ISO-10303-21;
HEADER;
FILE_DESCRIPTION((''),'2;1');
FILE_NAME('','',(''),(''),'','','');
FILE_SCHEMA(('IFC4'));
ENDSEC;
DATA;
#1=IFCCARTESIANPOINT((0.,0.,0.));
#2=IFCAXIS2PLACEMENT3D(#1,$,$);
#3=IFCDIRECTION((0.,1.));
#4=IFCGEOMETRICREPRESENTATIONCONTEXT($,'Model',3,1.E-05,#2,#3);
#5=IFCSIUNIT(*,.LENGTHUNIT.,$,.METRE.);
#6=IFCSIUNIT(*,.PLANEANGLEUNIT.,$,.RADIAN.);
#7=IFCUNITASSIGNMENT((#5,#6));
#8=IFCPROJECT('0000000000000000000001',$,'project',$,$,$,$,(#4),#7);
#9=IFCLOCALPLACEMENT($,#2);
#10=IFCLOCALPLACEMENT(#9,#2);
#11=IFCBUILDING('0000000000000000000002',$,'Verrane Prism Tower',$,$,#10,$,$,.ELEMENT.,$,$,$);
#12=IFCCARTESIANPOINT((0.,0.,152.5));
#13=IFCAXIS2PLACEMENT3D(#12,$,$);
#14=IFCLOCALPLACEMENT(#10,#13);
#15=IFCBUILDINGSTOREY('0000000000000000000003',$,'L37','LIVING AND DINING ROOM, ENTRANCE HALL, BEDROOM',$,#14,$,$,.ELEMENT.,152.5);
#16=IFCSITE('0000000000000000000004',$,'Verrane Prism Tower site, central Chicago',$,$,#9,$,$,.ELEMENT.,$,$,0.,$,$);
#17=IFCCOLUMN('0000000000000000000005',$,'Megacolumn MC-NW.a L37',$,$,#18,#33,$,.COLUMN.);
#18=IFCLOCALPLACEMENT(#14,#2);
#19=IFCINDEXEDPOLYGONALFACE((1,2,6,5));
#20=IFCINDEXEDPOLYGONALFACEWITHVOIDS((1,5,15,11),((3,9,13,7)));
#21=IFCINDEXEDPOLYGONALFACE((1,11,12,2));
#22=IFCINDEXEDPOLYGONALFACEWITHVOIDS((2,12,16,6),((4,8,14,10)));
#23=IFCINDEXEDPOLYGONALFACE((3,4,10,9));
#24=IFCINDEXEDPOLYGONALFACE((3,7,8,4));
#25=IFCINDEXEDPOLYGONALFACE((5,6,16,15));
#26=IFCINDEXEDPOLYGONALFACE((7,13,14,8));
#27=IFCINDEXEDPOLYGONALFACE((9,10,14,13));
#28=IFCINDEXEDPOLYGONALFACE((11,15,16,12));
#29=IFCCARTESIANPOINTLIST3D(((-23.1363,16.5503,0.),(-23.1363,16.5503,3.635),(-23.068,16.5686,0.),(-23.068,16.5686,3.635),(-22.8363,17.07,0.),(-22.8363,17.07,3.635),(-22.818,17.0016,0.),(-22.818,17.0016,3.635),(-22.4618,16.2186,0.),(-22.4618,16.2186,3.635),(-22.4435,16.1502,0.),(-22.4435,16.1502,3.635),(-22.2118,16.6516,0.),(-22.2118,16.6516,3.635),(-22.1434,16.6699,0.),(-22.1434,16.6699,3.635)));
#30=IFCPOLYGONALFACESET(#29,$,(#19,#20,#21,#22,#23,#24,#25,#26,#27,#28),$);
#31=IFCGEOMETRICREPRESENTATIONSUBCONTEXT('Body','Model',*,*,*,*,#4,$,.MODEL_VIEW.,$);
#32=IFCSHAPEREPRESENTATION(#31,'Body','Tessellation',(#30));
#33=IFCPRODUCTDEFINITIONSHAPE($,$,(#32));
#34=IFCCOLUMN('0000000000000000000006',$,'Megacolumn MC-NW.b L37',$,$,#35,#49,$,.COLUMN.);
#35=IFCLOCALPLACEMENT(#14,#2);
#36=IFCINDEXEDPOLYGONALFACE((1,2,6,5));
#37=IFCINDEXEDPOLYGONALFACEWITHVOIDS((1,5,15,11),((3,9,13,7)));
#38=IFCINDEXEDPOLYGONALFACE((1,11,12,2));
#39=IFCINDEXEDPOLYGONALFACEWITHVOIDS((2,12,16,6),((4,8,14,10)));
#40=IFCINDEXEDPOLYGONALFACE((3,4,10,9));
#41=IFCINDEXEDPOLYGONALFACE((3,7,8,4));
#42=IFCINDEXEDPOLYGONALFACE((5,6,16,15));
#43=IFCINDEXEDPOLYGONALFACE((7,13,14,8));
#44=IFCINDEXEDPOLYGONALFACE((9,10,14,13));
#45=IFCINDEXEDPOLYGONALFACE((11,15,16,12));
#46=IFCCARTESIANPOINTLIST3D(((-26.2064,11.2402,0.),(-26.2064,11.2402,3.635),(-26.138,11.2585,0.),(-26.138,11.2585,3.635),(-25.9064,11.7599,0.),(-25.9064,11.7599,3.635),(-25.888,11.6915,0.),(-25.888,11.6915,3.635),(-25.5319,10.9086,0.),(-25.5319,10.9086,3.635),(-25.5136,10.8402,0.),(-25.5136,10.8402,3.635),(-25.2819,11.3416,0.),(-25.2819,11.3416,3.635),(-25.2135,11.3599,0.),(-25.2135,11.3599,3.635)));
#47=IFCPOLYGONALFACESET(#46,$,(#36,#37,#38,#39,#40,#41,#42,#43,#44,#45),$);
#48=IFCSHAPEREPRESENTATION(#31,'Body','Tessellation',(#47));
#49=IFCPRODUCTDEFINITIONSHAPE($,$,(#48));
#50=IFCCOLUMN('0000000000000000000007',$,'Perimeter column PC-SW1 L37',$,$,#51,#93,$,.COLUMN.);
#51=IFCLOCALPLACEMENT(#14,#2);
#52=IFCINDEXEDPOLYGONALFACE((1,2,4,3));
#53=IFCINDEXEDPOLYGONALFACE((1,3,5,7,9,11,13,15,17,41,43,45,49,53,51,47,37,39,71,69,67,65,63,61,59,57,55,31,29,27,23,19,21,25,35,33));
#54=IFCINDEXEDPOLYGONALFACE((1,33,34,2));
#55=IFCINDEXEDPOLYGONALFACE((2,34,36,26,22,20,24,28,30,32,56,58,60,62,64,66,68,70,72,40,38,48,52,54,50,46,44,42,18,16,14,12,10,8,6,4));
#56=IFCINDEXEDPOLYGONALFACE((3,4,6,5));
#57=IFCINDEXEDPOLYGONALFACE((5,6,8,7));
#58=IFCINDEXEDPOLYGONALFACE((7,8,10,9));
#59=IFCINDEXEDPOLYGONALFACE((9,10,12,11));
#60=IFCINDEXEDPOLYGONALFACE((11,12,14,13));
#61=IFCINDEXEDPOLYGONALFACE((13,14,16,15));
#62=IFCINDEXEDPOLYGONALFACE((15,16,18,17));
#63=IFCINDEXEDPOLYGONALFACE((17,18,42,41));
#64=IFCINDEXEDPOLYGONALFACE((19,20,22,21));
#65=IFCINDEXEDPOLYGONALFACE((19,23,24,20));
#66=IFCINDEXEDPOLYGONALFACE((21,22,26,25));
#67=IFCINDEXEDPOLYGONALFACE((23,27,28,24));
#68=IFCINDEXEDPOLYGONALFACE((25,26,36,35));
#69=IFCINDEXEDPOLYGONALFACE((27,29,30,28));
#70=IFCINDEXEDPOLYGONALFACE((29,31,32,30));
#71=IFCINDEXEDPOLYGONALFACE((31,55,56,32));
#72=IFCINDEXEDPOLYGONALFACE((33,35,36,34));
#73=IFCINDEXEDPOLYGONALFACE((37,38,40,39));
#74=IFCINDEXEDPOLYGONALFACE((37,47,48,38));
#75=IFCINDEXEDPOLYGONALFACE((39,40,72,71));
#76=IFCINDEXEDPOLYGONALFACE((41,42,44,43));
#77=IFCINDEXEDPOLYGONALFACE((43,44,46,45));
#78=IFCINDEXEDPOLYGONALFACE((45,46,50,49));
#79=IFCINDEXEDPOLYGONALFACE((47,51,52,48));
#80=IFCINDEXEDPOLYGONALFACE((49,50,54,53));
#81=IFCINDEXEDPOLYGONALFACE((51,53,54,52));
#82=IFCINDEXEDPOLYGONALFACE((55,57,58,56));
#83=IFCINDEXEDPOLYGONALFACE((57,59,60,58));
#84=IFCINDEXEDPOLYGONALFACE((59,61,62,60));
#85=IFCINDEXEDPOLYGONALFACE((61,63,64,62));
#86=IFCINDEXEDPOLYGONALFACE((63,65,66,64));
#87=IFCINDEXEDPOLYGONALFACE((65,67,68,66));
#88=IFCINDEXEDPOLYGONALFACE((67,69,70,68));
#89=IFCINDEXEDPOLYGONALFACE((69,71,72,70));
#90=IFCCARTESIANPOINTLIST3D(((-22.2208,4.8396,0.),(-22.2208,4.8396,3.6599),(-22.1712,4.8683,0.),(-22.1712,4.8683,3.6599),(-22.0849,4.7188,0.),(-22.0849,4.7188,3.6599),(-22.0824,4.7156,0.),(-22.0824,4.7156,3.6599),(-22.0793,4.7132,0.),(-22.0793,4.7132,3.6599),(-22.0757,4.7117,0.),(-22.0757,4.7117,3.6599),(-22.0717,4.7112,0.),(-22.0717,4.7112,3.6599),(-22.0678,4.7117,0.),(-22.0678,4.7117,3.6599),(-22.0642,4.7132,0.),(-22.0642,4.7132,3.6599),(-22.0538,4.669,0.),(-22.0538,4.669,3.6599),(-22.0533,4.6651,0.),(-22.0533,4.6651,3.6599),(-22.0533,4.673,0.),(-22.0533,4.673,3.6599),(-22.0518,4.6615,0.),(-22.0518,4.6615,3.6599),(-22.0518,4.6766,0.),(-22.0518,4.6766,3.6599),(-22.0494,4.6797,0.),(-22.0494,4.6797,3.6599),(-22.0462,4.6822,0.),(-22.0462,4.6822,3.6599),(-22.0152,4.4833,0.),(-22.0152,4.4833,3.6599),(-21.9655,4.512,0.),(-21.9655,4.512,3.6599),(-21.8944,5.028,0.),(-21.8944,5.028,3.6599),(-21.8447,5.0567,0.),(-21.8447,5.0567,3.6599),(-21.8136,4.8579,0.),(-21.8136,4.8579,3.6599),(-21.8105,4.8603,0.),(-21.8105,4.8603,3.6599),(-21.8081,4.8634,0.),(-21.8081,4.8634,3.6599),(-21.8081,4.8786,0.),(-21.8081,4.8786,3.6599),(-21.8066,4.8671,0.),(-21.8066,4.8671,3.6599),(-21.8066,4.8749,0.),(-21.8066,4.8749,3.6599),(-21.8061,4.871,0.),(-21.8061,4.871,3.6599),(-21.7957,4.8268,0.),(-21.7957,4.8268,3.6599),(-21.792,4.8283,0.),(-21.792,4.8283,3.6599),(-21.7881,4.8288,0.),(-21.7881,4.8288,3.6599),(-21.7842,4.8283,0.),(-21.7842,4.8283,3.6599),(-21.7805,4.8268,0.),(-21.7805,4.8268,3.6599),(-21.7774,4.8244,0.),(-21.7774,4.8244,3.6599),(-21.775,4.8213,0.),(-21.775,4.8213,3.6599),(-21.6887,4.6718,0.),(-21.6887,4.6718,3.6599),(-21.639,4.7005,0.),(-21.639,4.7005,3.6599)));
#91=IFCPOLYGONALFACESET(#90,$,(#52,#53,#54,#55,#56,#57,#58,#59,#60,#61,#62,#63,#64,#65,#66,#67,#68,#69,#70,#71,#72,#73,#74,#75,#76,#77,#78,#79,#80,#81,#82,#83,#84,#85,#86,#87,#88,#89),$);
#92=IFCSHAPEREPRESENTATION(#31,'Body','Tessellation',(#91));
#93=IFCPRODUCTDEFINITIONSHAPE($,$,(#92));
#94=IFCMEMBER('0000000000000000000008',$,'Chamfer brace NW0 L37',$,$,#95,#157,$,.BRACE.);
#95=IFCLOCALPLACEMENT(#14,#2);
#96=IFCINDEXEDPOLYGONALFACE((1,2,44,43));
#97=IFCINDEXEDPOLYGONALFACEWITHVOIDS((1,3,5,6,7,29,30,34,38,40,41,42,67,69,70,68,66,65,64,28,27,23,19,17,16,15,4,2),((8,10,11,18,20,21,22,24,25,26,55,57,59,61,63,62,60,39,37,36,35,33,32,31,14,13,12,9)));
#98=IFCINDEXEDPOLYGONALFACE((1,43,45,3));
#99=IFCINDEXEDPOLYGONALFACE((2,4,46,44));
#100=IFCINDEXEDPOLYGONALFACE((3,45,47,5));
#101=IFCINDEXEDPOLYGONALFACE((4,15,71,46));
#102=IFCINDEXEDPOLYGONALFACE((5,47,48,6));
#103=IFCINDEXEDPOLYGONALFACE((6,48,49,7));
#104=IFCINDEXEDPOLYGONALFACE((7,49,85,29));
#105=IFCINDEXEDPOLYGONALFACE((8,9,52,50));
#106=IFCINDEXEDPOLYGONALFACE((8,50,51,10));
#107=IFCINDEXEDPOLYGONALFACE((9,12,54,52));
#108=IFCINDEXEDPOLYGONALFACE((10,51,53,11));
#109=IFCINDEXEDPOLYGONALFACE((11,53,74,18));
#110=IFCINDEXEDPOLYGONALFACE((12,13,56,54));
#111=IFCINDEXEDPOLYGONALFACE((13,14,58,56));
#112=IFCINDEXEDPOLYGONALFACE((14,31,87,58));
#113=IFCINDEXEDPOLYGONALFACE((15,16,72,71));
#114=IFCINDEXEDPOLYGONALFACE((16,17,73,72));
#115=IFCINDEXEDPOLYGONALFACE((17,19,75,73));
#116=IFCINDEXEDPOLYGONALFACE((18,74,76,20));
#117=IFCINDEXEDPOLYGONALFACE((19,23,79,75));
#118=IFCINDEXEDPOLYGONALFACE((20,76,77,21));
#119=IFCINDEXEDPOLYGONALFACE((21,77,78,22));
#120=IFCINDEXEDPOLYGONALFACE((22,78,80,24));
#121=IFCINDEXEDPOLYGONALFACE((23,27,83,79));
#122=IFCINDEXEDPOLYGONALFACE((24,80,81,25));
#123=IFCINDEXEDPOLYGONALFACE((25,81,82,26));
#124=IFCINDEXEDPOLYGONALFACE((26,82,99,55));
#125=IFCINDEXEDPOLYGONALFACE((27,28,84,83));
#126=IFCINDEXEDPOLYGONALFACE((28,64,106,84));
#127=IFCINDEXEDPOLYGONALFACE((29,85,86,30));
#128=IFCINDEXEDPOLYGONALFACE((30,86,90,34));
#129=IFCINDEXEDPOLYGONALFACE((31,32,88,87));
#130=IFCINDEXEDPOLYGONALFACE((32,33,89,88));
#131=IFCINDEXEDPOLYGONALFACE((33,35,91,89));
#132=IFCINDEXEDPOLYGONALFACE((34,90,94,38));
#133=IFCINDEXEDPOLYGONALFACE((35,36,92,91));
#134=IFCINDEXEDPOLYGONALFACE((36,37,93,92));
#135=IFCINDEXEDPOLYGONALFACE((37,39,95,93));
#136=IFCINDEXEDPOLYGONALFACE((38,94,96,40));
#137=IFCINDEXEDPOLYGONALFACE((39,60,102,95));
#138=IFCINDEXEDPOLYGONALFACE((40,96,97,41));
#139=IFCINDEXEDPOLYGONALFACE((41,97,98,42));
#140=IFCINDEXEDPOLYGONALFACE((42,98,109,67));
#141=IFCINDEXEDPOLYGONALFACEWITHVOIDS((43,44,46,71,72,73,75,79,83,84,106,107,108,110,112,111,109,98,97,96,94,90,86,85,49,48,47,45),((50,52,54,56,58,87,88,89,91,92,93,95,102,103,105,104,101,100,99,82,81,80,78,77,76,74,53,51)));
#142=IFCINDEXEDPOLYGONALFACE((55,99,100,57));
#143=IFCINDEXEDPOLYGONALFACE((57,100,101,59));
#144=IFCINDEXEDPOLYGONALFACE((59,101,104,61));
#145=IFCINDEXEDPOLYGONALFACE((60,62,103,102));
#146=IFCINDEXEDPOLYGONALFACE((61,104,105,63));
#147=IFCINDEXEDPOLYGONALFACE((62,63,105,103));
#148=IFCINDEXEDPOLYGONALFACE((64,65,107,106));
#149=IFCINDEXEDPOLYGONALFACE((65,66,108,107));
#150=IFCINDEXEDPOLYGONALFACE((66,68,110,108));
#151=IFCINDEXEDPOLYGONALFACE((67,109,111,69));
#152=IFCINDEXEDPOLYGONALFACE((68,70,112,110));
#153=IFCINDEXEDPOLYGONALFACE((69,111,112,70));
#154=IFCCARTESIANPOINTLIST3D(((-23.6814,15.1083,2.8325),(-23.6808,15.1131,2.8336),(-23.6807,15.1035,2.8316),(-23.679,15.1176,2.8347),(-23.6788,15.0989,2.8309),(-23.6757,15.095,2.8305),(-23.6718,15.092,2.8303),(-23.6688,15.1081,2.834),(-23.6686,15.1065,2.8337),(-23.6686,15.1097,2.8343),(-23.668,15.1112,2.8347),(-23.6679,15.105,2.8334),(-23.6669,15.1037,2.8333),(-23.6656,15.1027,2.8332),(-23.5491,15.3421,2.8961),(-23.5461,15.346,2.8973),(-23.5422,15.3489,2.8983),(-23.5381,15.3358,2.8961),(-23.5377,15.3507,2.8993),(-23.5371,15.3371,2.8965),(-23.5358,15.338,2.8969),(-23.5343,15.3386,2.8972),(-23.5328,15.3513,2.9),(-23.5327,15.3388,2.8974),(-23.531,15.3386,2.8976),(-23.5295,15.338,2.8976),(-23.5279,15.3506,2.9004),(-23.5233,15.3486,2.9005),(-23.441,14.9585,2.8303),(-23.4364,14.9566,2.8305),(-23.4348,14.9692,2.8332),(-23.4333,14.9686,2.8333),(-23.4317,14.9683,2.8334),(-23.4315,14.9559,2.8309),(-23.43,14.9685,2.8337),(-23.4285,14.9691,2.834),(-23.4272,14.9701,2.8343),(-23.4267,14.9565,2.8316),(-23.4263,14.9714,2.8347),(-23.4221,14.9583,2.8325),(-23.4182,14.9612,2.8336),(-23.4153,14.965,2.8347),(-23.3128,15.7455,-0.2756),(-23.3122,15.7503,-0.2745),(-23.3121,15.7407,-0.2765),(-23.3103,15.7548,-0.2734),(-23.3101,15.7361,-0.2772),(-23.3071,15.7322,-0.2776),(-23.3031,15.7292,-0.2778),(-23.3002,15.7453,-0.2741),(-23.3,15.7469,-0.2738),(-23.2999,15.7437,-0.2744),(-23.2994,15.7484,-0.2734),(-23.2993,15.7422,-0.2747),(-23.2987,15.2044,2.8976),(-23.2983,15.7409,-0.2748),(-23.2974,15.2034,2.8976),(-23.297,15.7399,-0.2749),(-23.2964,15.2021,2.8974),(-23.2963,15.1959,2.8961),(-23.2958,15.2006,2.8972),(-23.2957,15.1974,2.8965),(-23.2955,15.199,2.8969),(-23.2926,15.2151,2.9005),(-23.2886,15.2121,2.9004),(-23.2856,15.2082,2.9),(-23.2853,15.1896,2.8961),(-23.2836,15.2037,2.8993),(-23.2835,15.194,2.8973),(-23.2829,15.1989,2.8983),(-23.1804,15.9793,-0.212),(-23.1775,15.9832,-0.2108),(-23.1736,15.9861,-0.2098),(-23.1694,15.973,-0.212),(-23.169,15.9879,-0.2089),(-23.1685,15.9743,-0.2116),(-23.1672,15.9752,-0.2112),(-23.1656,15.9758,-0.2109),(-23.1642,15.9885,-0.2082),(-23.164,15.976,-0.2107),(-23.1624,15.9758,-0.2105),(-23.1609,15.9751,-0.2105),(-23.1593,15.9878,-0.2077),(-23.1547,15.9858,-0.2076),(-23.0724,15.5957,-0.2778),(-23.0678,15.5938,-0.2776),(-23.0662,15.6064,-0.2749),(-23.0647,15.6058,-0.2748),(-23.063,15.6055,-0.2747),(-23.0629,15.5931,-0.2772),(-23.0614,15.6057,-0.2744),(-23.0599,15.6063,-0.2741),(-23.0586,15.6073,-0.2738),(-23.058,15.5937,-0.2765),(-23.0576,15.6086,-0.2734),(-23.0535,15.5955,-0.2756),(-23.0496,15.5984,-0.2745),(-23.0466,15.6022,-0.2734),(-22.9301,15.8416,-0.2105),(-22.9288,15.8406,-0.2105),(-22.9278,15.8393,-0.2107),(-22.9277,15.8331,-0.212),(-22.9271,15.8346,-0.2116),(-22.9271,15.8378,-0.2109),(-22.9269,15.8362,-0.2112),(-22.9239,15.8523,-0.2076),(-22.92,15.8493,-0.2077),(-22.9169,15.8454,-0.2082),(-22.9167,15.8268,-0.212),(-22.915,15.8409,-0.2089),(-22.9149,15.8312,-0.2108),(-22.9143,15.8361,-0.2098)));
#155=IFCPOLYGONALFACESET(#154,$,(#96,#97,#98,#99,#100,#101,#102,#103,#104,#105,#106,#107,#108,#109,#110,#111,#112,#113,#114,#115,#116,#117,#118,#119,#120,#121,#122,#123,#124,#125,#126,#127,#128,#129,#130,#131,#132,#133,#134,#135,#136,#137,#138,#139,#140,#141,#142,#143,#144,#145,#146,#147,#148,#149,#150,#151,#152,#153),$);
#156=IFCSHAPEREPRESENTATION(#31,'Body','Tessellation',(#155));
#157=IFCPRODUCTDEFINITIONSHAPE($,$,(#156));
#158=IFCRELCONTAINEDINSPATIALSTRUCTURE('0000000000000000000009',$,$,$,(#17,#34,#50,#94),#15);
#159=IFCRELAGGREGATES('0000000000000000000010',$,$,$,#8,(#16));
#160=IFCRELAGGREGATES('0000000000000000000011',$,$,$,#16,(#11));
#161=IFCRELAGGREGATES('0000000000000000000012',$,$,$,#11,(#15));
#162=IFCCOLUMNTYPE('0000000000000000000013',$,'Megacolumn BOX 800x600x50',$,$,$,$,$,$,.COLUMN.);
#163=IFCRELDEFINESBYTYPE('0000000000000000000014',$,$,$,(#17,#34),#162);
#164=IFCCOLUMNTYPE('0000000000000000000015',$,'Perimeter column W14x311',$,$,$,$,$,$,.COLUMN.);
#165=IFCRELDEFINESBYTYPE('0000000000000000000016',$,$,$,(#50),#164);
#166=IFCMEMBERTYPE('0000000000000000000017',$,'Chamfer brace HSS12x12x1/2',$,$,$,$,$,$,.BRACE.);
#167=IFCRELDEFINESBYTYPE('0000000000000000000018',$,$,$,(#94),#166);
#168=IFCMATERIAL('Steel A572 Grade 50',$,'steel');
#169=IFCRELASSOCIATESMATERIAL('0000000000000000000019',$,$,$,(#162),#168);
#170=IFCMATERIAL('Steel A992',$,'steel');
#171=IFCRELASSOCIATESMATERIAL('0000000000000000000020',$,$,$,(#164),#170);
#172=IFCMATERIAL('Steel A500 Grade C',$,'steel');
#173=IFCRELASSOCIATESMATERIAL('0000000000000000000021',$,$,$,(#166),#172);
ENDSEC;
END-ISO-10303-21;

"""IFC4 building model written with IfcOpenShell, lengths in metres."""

from ifc_helpers import new_model, si_unit, direction, frame, origin, origin_2d, place, context, subcontext, project, spatial, hollow_rectangle, i_section, extrude, material, material_profile, profile_set, type_object, element, save


model = new_model("IFC4")

# Units and contexts
model_context = context("Model", 3, precision=1e-05, world=origin(), true_north=direction((0.0, 1.0)))
body_context = subcontext(model_context, "Body", "Model", "MODEL_VIEW")
ifc_project = project(units=[si_unit("LENGTHUNIT", "METRE"), si_unit("PLANEANGLEUNIT", "RADIAN")], contexts=[model_context])

# Site, building, storey
site_placement = place(None, origin())
site = spatial("IfcSite", under=ifc_project, at=site_placement, Name="Verrane Prism Tower site, central Chicago", CompositionType="ELEMENT", RefElevation=0.0)
building_placement = place(site_placement, origin())
building = spatial("IfcBuilding", under=site, at=building_placement, Name="Verrane Prism Tower", CompositionType="ELEMENT")
storey_placement = place(building_placement, frame((0.0, 0.0, 152.5)))
storey = spatial("IfcBuildingStorey", under=building, at=storey_placement, Name="L37", Description="LIVING AND DINING ROOM, ENTRANCE HALL, BEDROOM", CompositionType="ELEMENT", Elevation=152.5)

# Columns
ifc_material_1 = material(Name="Steel A572 Grade 50", Category="steel")
ifc_material_profile_1 = material_profile(ifc_material_1, hollow_rectangle(XDim=0.6001, YDim=0.8, WallThickness=0.05, at=origin_2d()), Name="BOX 800x600x50")
ifc_profile_set_1 = profile_set([ifc_material_profile_1], Name="Steel A572 Grade 50")
column_type_1 = type_object("IfcColumnType", Name="Megacolumn BOX 800x600x50", PredefinedType="COLUMN", material=ifc_profile_set_1)
for number, where, z_axis, x_axis, name in (
    (1, (-22.6399, 16.6101, 0.0), (0.0, 0.0, 1.0), (0.5, 0.866025, 0.0), "Megacolumn MC-NW.a L37"),
    (2, (-25.71, 11.3, 0.0), (0.0, 0.0, 1.0), (0.5, 0.866025, 0.0), "Megacolumn MC-NW.b L37"),
):
    element("IfcColumn", number, at=place(storey_placement, frame(where, z_axis=z_axis, x_axis=x_axis)), inside=storey, type_object=column_type_1, Name=name, PredefinedType="COLUMN", context=body_context, shape_type="SweptSolid", body=[
        extrude(hollow_rectangle(XDim=0.6001, YDim=0.8, WallThickness=0.05, at=origin_2d()), origin(), (0.0, 0.0, 1.0), 3.635),
    ])
ifc_material_2 = material(Name="Steel A992", Category="steel")
ifc_material_profile_2 = material_profile(ifc_material_2, i_section(OverallWidth=0.4114, OverallDepth=0.4343, WebThickness=0.0359, FlangeThickness=0.0574, FilletRadius=0.0151, at=origin_2d()), Name="W14x311")
ifc_profile_set_2 = profile_set([ifc_material_profile_2], Name="Steel A992")
column_type_2 = type_object("IfcColumnType", Name="Perimeter column W14x311", PredefinedType="COLUMN", material=ifc_profile_set_2)
column_placement = place(storey_placement, frame((-21.9299, 4.77, 0.0), z_axis=(0.0, 0.0, 1.0), x_axis=(-0.5, 0.866025, 0.0)))
element("IfcColumn", 3, at=column_placement, inside=storey, type_object=column_type_2, Name="Perimeter column PC-SW1 L37", PredefinedType="COLUMN", context=body_context, shape_type="SweptSolid", body=[
    extrude(i_section(OverallWidth=0.4114, OverallDepth=0.4343, WebThickness=0.0359, FlangeThickness=0.0574, FilletRadius=0.0151, at=origin_2d()), origin(), (0.0, 0.0, 1.0), 3.6599),
])

# Member
ifc_material_3 = material(Name="Steel A500 Grade C", Category="steel")
ifc_material_profile_3 = material_profile(ifc_material_3, hollow_rectangle(XDim=0.3047, YDim=0.3047, WallThickness=0.0127, InnerFilletRadius=0.0063, OuterFilletRadius=0.019, at=origin_2d()), Name="HSS12x12x1/2")
ifc_profile_set_3 = profile_set([ifc_material_profile_3], Name="Steel A500 Grade C")
member_type_1 = type_object("IfcMemberType", Name="Chamfer brace HSS12x12x1/2", PredefinedType="BRACE", material=ifc_profile_set_3)
member_1_placement = place(storey_placement, frame((-23.1135, 15.7908, -0.2427), z_axis=(-0.115415, -0.199492, 0.973079), x_axis=(0.865578, -0.500775, 0.0)))
element("IfcMember", 4, at=member_1_placement, inside=storey, type_object=member_type_1, Name="Chamfer brace NW0 L37", PredefinedType="BRACE", context=body_context, shape_type="SweptSolid", body=[
    extrude(hollow_rectangle(XDim=0.3047, YDim=0.3047, WallThickness=0.0127, InnerFilletRadius=0.0063, OuterFilletRadius=0.019, at=origin_2d()), origin(), (0.0, 0.0, 1.0), 3.1941),
])

save(model, "model.ifc")
